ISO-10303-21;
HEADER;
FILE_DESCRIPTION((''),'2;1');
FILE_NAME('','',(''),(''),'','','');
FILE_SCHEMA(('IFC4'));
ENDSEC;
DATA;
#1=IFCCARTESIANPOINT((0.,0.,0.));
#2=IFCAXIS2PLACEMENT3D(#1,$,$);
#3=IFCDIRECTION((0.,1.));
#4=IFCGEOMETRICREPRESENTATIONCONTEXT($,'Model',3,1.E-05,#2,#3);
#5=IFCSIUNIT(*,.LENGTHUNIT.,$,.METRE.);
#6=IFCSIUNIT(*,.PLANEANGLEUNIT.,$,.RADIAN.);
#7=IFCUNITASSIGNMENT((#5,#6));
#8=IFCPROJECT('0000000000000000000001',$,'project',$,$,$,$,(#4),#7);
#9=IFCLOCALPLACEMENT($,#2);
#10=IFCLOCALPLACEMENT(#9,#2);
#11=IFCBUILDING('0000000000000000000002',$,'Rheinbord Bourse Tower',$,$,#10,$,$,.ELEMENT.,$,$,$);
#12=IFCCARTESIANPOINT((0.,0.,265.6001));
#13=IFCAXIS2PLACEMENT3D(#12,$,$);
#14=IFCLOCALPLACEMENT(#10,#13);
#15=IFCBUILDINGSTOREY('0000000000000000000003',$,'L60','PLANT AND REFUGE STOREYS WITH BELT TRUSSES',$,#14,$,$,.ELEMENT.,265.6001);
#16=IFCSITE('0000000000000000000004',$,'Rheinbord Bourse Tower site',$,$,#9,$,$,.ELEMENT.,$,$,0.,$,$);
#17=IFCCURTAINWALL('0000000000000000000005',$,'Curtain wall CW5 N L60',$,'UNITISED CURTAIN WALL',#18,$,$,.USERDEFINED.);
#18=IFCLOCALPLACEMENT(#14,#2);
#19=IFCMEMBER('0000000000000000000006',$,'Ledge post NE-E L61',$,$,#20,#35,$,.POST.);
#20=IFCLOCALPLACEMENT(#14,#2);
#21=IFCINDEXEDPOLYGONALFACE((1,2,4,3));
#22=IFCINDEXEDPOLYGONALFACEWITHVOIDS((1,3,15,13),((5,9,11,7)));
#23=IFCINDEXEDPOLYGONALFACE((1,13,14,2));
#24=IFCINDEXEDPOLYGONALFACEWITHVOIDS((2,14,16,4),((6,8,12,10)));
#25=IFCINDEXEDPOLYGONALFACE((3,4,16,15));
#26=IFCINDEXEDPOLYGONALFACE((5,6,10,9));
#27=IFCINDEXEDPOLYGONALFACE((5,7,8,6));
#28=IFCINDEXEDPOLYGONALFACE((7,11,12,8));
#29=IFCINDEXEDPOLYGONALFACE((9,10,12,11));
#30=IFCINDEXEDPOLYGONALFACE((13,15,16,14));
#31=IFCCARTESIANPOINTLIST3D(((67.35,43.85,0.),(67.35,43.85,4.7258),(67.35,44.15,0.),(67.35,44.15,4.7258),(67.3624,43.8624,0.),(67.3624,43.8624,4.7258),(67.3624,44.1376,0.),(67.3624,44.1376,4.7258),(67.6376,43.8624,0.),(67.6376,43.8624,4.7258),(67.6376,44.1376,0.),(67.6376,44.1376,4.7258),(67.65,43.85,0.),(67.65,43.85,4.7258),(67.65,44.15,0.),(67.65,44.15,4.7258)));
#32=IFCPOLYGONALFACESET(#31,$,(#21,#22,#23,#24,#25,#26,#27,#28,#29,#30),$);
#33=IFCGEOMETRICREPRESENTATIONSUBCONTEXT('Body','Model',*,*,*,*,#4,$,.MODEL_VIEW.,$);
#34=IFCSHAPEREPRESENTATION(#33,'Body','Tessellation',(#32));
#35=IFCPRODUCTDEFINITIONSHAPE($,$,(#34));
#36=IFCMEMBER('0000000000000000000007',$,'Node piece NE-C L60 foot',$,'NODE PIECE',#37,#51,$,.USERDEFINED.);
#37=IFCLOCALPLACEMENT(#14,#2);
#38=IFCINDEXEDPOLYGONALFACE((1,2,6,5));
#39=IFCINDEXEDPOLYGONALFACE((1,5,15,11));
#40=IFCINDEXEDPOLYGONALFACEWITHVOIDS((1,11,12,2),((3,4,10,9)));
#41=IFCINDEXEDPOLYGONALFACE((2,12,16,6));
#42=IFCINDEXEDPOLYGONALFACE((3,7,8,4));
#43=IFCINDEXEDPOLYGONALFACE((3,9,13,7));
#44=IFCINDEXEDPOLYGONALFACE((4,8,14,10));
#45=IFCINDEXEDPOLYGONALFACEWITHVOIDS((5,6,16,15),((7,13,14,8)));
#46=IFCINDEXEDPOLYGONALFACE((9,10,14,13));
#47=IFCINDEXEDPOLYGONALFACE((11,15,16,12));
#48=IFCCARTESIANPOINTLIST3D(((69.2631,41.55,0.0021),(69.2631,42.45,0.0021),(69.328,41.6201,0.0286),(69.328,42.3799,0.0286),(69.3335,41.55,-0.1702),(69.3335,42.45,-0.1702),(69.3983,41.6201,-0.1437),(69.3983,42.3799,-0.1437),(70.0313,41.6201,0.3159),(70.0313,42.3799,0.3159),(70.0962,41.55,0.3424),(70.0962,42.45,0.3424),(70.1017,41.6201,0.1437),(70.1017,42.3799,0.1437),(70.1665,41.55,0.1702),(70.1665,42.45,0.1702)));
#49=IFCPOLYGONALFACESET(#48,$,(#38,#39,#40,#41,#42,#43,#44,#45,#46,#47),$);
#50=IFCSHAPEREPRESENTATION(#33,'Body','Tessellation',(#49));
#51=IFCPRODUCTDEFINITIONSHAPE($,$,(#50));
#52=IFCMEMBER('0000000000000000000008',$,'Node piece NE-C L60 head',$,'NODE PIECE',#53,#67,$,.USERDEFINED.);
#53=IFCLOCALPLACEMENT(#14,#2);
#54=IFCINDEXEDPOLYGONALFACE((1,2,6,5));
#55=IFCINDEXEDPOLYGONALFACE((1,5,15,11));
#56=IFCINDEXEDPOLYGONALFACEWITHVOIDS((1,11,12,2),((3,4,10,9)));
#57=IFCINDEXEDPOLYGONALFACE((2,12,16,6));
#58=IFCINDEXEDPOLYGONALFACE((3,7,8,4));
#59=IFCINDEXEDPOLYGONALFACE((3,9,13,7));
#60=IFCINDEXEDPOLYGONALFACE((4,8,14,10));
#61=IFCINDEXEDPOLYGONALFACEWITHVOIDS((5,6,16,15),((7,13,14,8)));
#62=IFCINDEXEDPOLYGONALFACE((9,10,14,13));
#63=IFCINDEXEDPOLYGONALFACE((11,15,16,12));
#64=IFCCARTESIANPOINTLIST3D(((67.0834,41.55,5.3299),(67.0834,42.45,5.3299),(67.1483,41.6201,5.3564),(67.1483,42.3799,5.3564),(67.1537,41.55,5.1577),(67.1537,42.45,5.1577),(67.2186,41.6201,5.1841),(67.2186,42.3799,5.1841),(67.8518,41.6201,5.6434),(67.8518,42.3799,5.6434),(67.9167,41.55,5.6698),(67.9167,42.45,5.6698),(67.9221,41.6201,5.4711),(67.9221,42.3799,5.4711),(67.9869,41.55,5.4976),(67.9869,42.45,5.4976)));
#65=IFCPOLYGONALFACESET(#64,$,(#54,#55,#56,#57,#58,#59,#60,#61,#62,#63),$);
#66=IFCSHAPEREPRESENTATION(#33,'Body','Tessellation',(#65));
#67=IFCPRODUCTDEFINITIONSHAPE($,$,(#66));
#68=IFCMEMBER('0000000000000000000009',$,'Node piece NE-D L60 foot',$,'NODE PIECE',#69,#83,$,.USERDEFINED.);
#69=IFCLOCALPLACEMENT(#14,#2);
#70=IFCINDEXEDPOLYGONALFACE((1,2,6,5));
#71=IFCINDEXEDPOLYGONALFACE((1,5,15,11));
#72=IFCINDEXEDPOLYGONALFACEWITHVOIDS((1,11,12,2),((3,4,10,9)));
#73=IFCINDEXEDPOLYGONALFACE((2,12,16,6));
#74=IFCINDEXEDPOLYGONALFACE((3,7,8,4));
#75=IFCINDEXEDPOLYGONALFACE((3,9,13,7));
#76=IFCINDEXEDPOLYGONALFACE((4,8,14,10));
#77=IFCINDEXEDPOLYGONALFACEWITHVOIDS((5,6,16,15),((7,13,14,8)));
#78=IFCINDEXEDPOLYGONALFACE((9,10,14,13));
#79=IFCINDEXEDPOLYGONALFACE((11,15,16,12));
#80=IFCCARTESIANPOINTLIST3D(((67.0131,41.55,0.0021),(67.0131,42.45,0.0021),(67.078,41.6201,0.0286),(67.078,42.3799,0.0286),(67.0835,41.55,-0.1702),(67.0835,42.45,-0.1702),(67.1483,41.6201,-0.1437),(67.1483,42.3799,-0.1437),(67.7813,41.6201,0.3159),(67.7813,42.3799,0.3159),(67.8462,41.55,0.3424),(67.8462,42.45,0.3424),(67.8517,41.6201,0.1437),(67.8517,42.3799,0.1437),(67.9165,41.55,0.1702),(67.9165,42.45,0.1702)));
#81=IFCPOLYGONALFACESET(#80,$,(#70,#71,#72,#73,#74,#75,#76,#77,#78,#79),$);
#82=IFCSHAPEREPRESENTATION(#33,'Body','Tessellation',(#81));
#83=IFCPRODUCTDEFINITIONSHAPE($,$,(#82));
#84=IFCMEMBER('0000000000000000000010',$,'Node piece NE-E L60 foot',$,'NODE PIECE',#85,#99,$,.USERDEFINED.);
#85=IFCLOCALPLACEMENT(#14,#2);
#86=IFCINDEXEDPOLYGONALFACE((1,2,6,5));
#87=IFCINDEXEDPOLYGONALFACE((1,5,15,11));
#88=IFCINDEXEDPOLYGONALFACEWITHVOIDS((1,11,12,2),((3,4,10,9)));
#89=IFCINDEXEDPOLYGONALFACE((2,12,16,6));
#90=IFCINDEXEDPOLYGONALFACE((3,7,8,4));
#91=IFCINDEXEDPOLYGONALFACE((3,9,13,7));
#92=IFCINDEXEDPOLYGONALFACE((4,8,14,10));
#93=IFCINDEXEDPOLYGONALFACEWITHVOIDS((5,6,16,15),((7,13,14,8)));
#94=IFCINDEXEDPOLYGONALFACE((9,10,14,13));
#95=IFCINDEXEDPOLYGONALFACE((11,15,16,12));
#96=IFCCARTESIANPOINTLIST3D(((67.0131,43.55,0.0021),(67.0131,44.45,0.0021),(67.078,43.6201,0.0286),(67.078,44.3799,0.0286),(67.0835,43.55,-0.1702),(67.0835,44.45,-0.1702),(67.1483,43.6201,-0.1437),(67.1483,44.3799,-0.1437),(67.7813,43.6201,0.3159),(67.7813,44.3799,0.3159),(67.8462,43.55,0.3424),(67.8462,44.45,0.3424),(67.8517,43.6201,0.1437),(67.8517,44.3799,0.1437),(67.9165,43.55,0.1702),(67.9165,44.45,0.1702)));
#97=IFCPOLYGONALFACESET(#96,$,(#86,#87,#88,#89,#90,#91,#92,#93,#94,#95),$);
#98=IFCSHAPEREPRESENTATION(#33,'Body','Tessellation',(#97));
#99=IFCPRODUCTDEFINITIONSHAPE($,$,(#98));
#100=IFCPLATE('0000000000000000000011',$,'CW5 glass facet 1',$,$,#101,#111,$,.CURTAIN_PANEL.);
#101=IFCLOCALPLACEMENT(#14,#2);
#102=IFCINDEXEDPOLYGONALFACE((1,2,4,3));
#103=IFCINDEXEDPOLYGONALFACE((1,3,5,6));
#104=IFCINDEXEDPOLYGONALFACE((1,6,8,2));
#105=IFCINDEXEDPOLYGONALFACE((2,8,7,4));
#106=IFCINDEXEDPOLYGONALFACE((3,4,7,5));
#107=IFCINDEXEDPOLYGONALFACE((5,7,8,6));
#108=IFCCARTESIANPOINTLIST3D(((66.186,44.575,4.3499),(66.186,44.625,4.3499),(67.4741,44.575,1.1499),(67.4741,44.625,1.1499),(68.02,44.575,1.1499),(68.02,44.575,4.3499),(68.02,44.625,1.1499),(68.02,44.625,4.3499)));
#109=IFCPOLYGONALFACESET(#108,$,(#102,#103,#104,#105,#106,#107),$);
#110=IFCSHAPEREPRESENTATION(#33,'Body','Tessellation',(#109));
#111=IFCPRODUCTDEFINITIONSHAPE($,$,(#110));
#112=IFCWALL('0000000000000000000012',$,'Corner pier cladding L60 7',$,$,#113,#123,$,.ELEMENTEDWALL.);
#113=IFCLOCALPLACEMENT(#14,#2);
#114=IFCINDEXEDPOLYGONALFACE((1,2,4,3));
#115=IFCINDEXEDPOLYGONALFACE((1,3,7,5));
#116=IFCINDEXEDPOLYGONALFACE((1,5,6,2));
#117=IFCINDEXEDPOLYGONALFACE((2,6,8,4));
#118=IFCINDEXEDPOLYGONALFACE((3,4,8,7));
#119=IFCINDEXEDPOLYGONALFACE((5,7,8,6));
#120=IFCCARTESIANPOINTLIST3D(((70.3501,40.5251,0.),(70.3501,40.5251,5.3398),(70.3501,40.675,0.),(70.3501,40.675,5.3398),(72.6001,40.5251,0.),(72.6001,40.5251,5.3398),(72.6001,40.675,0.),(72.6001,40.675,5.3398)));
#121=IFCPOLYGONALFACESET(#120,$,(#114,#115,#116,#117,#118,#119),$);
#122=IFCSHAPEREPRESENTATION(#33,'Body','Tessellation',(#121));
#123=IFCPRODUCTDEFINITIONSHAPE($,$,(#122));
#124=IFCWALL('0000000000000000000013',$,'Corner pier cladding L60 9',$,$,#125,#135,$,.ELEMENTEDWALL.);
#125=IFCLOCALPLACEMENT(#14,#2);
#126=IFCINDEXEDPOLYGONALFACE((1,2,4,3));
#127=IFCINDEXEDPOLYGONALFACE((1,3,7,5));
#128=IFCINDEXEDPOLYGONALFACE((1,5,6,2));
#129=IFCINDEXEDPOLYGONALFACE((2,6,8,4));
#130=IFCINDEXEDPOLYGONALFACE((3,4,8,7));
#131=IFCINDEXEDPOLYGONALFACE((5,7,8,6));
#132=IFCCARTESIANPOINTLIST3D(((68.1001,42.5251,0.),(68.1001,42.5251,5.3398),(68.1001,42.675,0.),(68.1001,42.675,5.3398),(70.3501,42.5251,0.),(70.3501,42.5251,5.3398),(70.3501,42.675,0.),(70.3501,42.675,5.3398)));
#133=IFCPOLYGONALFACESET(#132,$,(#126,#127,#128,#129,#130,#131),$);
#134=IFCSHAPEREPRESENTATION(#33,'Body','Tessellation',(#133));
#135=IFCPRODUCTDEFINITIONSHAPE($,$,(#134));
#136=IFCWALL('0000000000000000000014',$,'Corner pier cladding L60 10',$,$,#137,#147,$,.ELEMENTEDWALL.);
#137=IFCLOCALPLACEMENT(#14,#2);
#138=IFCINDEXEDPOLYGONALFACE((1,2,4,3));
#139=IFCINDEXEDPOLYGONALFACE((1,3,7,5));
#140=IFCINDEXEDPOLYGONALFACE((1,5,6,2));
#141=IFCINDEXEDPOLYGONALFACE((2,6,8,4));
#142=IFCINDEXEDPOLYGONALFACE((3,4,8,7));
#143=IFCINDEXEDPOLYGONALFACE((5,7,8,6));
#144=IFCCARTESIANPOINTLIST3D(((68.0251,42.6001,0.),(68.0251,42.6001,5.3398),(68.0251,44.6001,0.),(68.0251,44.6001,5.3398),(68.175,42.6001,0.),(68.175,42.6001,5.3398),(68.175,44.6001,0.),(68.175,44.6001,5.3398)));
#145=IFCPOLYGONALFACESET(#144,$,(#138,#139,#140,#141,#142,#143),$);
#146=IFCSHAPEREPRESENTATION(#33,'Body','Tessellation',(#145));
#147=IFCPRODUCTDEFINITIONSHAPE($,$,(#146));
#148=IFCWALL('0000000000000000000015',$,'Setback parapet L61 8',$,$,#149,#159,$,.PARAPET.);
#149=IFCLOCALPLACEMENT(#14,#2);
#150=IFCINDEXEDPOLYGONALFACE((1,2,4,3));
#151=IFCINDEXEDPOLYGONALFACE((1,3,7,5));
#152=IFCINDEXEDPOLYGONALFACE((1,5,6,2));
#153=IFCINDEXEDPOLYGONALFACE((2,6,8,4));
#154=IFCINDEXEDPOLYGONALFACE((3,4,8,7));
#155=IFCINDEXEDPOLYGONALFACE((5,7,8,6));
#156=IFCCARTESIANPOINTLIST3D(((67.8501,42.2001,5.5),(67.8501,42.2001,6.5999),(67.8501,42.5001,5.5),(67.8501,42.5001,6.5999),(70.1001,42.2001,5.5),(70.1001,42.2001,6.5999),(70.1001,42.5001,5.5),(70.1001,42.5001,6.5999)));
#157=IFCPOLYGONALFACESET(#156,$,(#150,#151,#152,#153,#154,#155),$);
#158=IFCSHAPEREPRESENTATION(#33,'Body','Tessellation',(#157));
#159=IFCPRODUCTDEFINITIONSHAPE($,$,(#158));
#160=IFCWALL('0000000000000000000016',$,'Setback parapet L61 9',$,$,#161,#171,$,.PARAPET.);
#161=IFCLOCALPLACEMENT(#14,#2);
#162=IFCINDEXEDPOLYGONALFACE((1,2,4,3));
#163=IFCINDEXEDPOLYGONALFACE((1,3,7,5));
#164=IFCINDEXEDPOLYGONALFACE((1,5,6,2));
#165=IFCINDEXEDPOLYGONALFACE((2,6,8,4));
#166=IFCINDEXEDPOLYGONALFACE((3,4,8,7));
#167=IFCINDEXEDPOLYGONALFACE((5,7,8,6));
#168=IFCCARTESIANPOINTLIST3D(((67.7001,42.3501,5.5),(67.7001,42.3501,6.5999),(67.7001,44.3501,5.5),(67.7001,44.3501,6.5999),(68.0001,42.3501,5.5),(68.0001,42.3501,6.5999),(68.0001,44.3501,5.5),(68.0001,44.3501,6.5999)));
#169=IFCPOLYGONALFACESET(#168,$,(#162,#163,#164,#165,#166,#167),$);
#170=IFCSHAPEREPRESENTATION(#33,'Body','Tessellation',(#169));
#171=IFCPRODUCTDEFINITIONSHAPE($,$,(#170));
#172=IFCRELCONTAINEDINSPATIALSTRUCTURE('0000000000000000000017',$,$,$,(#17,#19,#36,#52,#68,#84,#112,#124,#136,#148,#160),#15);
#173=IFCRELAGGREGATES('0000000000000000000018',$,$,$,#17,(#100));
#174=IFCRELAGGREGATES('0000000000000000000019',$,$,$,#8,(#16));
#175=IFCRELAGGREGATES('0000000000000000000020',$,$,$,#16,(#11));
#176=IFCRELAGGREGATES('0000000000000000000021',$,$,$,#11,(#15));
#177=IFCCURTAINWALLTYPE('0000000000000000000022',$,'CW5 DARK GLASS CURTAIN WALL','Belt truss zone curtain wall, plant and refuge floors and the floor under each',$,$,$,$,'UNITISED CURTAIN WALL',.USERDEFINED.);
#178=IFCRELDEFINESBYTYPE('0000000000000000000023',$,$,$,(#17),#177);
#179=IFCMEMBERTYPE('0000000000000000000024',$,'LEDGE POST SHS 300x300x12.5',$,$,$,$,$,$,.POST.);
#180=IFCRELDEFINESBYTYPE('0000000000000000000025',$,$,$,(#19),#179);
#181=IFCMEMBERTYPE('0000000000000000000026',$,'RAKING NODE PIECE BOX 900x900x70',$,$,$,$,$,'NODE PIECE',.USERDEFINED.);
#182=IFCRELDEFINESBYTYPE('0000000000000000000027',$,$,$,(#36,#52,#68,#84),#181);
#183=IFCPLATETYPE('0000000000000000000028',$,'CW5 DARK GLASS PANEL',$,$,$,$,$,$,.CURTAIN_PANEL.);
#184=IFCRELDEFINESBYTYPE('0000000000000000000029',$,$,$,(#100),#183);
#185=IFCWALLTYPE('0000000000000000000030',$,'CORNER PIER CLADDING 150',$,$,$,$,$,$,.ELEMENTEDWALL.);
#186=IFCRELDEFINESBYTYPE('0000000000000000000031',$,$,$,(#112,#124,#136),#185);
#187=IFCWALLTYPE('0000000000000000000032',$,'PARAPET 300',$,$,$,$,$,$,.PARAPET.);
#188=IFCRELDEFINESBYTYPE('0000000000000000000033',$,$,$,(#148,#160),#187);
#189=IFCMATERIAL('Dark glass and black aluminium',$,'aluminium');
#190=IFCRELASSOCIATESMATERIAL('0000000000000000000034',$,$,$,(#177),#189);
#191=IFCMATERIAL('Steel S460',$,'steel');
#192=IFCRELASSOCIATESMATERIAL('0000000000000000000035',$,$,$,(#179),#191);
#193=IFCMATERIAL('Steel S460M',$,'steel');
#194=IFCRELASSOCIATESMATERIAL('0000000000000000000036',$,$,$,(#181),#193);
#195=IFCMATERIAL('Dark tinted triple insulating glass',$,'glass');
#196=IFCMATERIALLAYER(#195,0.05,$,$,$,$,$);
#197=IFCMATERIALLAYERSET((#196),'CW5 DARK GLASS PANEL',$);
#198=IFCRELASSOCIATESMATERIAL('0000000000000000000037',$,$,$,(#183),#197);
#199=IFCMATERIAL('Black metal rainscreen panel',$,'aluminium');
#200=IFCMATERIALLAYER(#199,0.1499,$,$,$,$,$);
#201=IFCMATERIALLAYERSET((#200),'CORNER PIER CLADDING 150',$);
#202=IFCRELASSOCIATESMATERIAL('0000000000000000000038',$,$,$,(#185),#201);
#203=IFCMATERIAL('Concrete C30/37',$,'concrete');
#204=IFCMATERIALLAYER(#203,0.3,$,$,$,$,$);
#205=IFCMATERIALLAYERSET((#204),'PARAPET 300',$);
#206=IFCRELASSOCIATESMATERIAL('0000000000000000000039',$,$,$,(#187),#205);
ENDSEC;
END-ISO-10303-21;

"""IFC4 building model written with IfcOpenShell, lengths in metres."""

from ifc_helpers import new_model, si_unit, direction, frame, frame_2d, origin, origin_2d, place, context, subcontext, project, spatial, polyline, rectangle, hollow_rectangle, outline, extrude, material, layer, layer_set, material_profile, profile_set, type_object, element, aggregate, save


model = new_model("IFC4")

# Units and contexts
model_context = context("Model", 3, precision=1e-05, world=origin(), true_north=direction((0.0, 1.0)))
body_context = subcontext(model_context, "Body", "Model", "MODEL_VIEW")
ifc_project = project(units=[si_unit("LENGTHUNIT", "METRE"), si_unit("PLANEANGLEUNIT", "RADIAN")], contexts=[model_context])

# Site, building, storey
site_placement = place(None, origin())
site = spatial("IfcSite", under=ifc_project, at=site_placement, Name="Rheinbord Bourse Tower site", CompositionType="ELEMENT", RefElevation=0.0)
building_placement = place(site_placement, origin())
building = spatial("IfcBuilding", under=site, at=building_placement, Name="Rheinbord Bourse Tower", CompositionType="ELEMENT")
storey_placement = place(building_placement, frame((0.0, 0.0, 265.6001)))
storey = spatial("IfcBuildingStorey", under=building, at=storey_placement, Name="L60", Description="PLANT AND REFUGE STOREYS WITH BELT TRUSSES", CompositionType="ELEMENT", Elevation=265.6001)

# Curtain wall
ifc_material_1 = material(Name="Dark glass and black aluminium", Category="aluminium")
curtain_wall_type = type_object("IfcCurtainWallType", Name="CW5 DARK GLASS CURTAIN WALL", Description="Belt truss zone curtain wall, plant and refuge floors and the floor under each", ElementType="UNITISED CURTAIN WALL", PredefinedType="USERDEFINED", material=ifc_material_1)
curtain_wall_placement = place(storey_placement, origin())
curtain_wall = element("IfcCurtainWall", 1, at=curtain_wall_placement, inside=storey, type_object=curtain_wall_type, Name="Curtain wall CW5 N L60", ObjectType="UNITISED CURTAIN WALL", PredefinedType="USERDEFINED")

# Members
ifc_material_2 = material(Name="Steel S460", Category="steel")
ifc_material_profile_1 = material_profile(ifc_material_2, hollow_rectangle(XDim=0.3, YDim=0.3, WallThickness=0.0125, at=origin_2d()), Name="SHS 300x300x12.5")
ifc_profile_set_1 = profile_set([ifc_material_profile_1], Name="Steel S460")
member_type_1 = type_object("IfcMemberType", Name="LEDGE POST SHS 300x300x12.5", PredefinedType="POST", material=ifc_profile_set_1)
member_1_placement = place(storey_placement, frame((67.5, 44.0, 0.0), z_axis=(0.0, 0.0, 1.0), x_axis=(1.0, 0.0, 0.0)))
element("IfcMember", 2, at=member_1_placement, inside=storey, type_object=member_type_1, Name="Ledge post NE-E L61", PredefinedType="POST", context=body_context, shape_type="SweptSolid", body=[
    extrude(hollow_rectangle(XDim=0.3, YDim=0.3, WallThickness=0.0125, at=origin_2d()), origin(), (0.0, 0.0, 1.0), 4.7258),
])
ifc_material_3 = material(Name="Steel S460M", Category="steel")
ifc_material_profile_2 = material_profile(ifc_material_3, hollow_rectangle(XDim=0.8999, YDim=0.8999, WallThickness=0.0701, at=origin_2d()), Name="BOX 900x900x70")
ifc_profile_set_2 = profile_set([ifc_material_profile_2], Name="Steel S460M")
member_type_2 = type_object("IfcMemberType", Name="RAKING NODE PIECE BOX 900x900x70", ElementType="NODE PIECE", PredefinedType="USERDEFINED", material=ifc_profile_set_2)
for number, where, z_axis, x_axis, name in (
    (3, (69.75, 42.0, 0.0), (-0.378173, 0.0, 0.925735), (0.925735, 0.0, 0.378173), "Node piece NE-C L60 foot"),
    (4, (67.5703, 42.0, 5.3276), (-0.377713, 0.0, 0.925923), (0.925923, 0.0, 0.377713), "Node piece NE-C L60 head"),
    (5, (67.5, 42.0, 0.0), (-0.378173, 0.0, 0.925735), (0.0, -1.0, 0.0), "Node piece NE-D L60 foot"),
    (6, (67.5, 44.0, 0.0), (-0.378173, 0.0, 0.925735), (0.0, -1.0, 0.0), "Node piece NE-E L60 foot"),
):
    element("IfcMember", number, at=place(storey_placement, frame(where, z_axis=z_axis, x_axis=x_axis)), inside=storey, type_object=member_type_2, Name=name, ObjectType="NODE PIECE", PredefinedType="USERDEFINED", context=body_context, shape_type="SweptSolid", body=[
        extrude(hollow_rectangle(XDim=0.8999, YDim=0.8999, WallThickness=0.0701, at=origin_2d()), origin(), (0.0, 0.0, 1.0), 0.186),
    ])

# Plate
ifc_material_4 = material(Name="Dark tinted triple insulating glass", Category="glass")
ifc_layer_1 = layer(ifc_material_4, 0.05)
ifc_layer_set_1 = layer_set([ifc_layer_1], Name="CW5 DARK GLASS PANEL")
plate_type = type_object("IfcPlateType", Name="CW5 DARK GLASS PANEL", PredefinedType="CURTAIN_PANEL", material=ifc_layer_set_1)
plate_placement = place(storey_placement, frame((68.02, 44.625, 1.1499), z_axis=(0.0, -1.0, 0.0), x_axis=(0.0, 0.0, 1.0)))
plate = element("IfcPlate", 7, at=plate_placement, type_object=plate_type, Name="CW5 glass facet 1", PredefinedType="CURTAIN_PANEL", context=body_context, shape_type="SweptSolid", body=[
    extrude(outline(polyline([(0.0, 0.0), (3.2, 0.0), (3.2, 1.834), (0.0, 0.5459), (0.0, 0.0)])), origin(), (0.0, 0.0, 1.0), 0.05),
])
aggregate(curtain_wall, [plate])

# Walls
ifc_material_5 = material(Name="Black metal rainscreen panel", Category="aluminium")
ifc_layer_2 = layer(ifc_material_5, 0.1499)
ifc_layer_set_2 = layer_set([ifc_layer_2], Name="CORNER PIER CLADDING 150")
wall_type_1 = type_object("IfcWallType", Name="CORNER PIER CLADDING 150", PredefinedType="ELEMENTEDWALL", material=ifc_layer_set_2)
for number, where, z_axis, x_axis, name in (
    (8, (72.6001, 40.6001, 0.0), (0.0, 0.0, 1.0), (-1.0, 0.0, 0.0), "Corner pier cladding L60 7"),
    (9, (70.3501, 42.6001, 0.0), (0.0, 0.0, 1.0), (-1.0, 0.0, 0.0), "Corner pier cladding L60 9"),
):
    element("IfcWall", number, at=place(storey_placement, frame(where, z_axis=z_axis, x_axis=x_axis)), inside=storey, type_object=wall_type_1, Name=name, PredefinedType="ELEMENTEDWALL", context=body_context, shape_type="SweptSolid", body=[
        extrude(rectangle(XDim=2.25, YDim=0.1499, at=frame_2d((1.125, 0.0))), origin(), (0.0, 0.0, 1.0), 5.3398),
    ])
wall_1_placement = place(storey_placement, frame((68.1001, 42.6001, 0.0), z_axis=(0.0, 0.0, 1.0), x_axis=(0.0, 1.0, 0.0)))
element("IfcWall", 10, at=wall_1_placement, inside=storey, type_object=wall_type_1, Name="Corner pier cladding L60 10", PredefinedType="ELEMENTEDWALL", context=body_context, shape_type="SweptSolid", body=[
    extrude(rectangle(XDim=2.0, YDim=0.1499, at=frame_2d((1.0, 0.0))), origin(), (0.0, 0.0, 1.0), 5.3398),
])
ifc_material_6 = material(Name="Concrete C30/37", Category="concrete")
ifc_layer_3 = layer(ifc_material_6, 0.3)
ifc_layer_set_3 = layer_set([ifc_layer_3], Name="PARAPET 300")
wall_type_2 = type_object("IfcWallType", Name="PARAPET 300", PredefinedType="PARAPET", material=ifc_layer_set_3)
wall_2_placement = place(storey_placement, frame((70.1001, 42.3501, 5.5), z_axis=(0.0, 0.0, 1.0), x_axis=(-1.0, 0.0, 0.0)))
element("IfcWall", 11, at=wall_2_placement, inside=storey, type_object=wall_type_2, Name="Setback parapet L61 8", PredefinedType="PARAPET", context=body_context, shape_type="SweptSolid", body=[
    extrude(rectangle(XDim=2.25, YDim=0.3, at=frame_2d((1.125, 0.0))), origin(), (0.0, 0.0, 1.0), 1.0999),
])
wall_3_placement = place(storey_placement, frame((67.8501, 42.3501, 5.5), z_axis=(0.0, 0.0, 1.0), x_axis=(0.0, 1.0, 0.0)))
element("IfcWall", 12, at=wall_3_placement, inside=storey, type_object=wall_type_2, Name="Setback parapet L61 9", PredefinedType="PARAPET", context=body_context, shape_type="SweptSolid", body=[
    extrude(rectangle(XDim=2.0, YDim=0.3, at=frame_2d((1.0, 0.0))), origin(), (0.0, 0.0, 1.0), 1.0999),
])

save(model, "model.ifc")
